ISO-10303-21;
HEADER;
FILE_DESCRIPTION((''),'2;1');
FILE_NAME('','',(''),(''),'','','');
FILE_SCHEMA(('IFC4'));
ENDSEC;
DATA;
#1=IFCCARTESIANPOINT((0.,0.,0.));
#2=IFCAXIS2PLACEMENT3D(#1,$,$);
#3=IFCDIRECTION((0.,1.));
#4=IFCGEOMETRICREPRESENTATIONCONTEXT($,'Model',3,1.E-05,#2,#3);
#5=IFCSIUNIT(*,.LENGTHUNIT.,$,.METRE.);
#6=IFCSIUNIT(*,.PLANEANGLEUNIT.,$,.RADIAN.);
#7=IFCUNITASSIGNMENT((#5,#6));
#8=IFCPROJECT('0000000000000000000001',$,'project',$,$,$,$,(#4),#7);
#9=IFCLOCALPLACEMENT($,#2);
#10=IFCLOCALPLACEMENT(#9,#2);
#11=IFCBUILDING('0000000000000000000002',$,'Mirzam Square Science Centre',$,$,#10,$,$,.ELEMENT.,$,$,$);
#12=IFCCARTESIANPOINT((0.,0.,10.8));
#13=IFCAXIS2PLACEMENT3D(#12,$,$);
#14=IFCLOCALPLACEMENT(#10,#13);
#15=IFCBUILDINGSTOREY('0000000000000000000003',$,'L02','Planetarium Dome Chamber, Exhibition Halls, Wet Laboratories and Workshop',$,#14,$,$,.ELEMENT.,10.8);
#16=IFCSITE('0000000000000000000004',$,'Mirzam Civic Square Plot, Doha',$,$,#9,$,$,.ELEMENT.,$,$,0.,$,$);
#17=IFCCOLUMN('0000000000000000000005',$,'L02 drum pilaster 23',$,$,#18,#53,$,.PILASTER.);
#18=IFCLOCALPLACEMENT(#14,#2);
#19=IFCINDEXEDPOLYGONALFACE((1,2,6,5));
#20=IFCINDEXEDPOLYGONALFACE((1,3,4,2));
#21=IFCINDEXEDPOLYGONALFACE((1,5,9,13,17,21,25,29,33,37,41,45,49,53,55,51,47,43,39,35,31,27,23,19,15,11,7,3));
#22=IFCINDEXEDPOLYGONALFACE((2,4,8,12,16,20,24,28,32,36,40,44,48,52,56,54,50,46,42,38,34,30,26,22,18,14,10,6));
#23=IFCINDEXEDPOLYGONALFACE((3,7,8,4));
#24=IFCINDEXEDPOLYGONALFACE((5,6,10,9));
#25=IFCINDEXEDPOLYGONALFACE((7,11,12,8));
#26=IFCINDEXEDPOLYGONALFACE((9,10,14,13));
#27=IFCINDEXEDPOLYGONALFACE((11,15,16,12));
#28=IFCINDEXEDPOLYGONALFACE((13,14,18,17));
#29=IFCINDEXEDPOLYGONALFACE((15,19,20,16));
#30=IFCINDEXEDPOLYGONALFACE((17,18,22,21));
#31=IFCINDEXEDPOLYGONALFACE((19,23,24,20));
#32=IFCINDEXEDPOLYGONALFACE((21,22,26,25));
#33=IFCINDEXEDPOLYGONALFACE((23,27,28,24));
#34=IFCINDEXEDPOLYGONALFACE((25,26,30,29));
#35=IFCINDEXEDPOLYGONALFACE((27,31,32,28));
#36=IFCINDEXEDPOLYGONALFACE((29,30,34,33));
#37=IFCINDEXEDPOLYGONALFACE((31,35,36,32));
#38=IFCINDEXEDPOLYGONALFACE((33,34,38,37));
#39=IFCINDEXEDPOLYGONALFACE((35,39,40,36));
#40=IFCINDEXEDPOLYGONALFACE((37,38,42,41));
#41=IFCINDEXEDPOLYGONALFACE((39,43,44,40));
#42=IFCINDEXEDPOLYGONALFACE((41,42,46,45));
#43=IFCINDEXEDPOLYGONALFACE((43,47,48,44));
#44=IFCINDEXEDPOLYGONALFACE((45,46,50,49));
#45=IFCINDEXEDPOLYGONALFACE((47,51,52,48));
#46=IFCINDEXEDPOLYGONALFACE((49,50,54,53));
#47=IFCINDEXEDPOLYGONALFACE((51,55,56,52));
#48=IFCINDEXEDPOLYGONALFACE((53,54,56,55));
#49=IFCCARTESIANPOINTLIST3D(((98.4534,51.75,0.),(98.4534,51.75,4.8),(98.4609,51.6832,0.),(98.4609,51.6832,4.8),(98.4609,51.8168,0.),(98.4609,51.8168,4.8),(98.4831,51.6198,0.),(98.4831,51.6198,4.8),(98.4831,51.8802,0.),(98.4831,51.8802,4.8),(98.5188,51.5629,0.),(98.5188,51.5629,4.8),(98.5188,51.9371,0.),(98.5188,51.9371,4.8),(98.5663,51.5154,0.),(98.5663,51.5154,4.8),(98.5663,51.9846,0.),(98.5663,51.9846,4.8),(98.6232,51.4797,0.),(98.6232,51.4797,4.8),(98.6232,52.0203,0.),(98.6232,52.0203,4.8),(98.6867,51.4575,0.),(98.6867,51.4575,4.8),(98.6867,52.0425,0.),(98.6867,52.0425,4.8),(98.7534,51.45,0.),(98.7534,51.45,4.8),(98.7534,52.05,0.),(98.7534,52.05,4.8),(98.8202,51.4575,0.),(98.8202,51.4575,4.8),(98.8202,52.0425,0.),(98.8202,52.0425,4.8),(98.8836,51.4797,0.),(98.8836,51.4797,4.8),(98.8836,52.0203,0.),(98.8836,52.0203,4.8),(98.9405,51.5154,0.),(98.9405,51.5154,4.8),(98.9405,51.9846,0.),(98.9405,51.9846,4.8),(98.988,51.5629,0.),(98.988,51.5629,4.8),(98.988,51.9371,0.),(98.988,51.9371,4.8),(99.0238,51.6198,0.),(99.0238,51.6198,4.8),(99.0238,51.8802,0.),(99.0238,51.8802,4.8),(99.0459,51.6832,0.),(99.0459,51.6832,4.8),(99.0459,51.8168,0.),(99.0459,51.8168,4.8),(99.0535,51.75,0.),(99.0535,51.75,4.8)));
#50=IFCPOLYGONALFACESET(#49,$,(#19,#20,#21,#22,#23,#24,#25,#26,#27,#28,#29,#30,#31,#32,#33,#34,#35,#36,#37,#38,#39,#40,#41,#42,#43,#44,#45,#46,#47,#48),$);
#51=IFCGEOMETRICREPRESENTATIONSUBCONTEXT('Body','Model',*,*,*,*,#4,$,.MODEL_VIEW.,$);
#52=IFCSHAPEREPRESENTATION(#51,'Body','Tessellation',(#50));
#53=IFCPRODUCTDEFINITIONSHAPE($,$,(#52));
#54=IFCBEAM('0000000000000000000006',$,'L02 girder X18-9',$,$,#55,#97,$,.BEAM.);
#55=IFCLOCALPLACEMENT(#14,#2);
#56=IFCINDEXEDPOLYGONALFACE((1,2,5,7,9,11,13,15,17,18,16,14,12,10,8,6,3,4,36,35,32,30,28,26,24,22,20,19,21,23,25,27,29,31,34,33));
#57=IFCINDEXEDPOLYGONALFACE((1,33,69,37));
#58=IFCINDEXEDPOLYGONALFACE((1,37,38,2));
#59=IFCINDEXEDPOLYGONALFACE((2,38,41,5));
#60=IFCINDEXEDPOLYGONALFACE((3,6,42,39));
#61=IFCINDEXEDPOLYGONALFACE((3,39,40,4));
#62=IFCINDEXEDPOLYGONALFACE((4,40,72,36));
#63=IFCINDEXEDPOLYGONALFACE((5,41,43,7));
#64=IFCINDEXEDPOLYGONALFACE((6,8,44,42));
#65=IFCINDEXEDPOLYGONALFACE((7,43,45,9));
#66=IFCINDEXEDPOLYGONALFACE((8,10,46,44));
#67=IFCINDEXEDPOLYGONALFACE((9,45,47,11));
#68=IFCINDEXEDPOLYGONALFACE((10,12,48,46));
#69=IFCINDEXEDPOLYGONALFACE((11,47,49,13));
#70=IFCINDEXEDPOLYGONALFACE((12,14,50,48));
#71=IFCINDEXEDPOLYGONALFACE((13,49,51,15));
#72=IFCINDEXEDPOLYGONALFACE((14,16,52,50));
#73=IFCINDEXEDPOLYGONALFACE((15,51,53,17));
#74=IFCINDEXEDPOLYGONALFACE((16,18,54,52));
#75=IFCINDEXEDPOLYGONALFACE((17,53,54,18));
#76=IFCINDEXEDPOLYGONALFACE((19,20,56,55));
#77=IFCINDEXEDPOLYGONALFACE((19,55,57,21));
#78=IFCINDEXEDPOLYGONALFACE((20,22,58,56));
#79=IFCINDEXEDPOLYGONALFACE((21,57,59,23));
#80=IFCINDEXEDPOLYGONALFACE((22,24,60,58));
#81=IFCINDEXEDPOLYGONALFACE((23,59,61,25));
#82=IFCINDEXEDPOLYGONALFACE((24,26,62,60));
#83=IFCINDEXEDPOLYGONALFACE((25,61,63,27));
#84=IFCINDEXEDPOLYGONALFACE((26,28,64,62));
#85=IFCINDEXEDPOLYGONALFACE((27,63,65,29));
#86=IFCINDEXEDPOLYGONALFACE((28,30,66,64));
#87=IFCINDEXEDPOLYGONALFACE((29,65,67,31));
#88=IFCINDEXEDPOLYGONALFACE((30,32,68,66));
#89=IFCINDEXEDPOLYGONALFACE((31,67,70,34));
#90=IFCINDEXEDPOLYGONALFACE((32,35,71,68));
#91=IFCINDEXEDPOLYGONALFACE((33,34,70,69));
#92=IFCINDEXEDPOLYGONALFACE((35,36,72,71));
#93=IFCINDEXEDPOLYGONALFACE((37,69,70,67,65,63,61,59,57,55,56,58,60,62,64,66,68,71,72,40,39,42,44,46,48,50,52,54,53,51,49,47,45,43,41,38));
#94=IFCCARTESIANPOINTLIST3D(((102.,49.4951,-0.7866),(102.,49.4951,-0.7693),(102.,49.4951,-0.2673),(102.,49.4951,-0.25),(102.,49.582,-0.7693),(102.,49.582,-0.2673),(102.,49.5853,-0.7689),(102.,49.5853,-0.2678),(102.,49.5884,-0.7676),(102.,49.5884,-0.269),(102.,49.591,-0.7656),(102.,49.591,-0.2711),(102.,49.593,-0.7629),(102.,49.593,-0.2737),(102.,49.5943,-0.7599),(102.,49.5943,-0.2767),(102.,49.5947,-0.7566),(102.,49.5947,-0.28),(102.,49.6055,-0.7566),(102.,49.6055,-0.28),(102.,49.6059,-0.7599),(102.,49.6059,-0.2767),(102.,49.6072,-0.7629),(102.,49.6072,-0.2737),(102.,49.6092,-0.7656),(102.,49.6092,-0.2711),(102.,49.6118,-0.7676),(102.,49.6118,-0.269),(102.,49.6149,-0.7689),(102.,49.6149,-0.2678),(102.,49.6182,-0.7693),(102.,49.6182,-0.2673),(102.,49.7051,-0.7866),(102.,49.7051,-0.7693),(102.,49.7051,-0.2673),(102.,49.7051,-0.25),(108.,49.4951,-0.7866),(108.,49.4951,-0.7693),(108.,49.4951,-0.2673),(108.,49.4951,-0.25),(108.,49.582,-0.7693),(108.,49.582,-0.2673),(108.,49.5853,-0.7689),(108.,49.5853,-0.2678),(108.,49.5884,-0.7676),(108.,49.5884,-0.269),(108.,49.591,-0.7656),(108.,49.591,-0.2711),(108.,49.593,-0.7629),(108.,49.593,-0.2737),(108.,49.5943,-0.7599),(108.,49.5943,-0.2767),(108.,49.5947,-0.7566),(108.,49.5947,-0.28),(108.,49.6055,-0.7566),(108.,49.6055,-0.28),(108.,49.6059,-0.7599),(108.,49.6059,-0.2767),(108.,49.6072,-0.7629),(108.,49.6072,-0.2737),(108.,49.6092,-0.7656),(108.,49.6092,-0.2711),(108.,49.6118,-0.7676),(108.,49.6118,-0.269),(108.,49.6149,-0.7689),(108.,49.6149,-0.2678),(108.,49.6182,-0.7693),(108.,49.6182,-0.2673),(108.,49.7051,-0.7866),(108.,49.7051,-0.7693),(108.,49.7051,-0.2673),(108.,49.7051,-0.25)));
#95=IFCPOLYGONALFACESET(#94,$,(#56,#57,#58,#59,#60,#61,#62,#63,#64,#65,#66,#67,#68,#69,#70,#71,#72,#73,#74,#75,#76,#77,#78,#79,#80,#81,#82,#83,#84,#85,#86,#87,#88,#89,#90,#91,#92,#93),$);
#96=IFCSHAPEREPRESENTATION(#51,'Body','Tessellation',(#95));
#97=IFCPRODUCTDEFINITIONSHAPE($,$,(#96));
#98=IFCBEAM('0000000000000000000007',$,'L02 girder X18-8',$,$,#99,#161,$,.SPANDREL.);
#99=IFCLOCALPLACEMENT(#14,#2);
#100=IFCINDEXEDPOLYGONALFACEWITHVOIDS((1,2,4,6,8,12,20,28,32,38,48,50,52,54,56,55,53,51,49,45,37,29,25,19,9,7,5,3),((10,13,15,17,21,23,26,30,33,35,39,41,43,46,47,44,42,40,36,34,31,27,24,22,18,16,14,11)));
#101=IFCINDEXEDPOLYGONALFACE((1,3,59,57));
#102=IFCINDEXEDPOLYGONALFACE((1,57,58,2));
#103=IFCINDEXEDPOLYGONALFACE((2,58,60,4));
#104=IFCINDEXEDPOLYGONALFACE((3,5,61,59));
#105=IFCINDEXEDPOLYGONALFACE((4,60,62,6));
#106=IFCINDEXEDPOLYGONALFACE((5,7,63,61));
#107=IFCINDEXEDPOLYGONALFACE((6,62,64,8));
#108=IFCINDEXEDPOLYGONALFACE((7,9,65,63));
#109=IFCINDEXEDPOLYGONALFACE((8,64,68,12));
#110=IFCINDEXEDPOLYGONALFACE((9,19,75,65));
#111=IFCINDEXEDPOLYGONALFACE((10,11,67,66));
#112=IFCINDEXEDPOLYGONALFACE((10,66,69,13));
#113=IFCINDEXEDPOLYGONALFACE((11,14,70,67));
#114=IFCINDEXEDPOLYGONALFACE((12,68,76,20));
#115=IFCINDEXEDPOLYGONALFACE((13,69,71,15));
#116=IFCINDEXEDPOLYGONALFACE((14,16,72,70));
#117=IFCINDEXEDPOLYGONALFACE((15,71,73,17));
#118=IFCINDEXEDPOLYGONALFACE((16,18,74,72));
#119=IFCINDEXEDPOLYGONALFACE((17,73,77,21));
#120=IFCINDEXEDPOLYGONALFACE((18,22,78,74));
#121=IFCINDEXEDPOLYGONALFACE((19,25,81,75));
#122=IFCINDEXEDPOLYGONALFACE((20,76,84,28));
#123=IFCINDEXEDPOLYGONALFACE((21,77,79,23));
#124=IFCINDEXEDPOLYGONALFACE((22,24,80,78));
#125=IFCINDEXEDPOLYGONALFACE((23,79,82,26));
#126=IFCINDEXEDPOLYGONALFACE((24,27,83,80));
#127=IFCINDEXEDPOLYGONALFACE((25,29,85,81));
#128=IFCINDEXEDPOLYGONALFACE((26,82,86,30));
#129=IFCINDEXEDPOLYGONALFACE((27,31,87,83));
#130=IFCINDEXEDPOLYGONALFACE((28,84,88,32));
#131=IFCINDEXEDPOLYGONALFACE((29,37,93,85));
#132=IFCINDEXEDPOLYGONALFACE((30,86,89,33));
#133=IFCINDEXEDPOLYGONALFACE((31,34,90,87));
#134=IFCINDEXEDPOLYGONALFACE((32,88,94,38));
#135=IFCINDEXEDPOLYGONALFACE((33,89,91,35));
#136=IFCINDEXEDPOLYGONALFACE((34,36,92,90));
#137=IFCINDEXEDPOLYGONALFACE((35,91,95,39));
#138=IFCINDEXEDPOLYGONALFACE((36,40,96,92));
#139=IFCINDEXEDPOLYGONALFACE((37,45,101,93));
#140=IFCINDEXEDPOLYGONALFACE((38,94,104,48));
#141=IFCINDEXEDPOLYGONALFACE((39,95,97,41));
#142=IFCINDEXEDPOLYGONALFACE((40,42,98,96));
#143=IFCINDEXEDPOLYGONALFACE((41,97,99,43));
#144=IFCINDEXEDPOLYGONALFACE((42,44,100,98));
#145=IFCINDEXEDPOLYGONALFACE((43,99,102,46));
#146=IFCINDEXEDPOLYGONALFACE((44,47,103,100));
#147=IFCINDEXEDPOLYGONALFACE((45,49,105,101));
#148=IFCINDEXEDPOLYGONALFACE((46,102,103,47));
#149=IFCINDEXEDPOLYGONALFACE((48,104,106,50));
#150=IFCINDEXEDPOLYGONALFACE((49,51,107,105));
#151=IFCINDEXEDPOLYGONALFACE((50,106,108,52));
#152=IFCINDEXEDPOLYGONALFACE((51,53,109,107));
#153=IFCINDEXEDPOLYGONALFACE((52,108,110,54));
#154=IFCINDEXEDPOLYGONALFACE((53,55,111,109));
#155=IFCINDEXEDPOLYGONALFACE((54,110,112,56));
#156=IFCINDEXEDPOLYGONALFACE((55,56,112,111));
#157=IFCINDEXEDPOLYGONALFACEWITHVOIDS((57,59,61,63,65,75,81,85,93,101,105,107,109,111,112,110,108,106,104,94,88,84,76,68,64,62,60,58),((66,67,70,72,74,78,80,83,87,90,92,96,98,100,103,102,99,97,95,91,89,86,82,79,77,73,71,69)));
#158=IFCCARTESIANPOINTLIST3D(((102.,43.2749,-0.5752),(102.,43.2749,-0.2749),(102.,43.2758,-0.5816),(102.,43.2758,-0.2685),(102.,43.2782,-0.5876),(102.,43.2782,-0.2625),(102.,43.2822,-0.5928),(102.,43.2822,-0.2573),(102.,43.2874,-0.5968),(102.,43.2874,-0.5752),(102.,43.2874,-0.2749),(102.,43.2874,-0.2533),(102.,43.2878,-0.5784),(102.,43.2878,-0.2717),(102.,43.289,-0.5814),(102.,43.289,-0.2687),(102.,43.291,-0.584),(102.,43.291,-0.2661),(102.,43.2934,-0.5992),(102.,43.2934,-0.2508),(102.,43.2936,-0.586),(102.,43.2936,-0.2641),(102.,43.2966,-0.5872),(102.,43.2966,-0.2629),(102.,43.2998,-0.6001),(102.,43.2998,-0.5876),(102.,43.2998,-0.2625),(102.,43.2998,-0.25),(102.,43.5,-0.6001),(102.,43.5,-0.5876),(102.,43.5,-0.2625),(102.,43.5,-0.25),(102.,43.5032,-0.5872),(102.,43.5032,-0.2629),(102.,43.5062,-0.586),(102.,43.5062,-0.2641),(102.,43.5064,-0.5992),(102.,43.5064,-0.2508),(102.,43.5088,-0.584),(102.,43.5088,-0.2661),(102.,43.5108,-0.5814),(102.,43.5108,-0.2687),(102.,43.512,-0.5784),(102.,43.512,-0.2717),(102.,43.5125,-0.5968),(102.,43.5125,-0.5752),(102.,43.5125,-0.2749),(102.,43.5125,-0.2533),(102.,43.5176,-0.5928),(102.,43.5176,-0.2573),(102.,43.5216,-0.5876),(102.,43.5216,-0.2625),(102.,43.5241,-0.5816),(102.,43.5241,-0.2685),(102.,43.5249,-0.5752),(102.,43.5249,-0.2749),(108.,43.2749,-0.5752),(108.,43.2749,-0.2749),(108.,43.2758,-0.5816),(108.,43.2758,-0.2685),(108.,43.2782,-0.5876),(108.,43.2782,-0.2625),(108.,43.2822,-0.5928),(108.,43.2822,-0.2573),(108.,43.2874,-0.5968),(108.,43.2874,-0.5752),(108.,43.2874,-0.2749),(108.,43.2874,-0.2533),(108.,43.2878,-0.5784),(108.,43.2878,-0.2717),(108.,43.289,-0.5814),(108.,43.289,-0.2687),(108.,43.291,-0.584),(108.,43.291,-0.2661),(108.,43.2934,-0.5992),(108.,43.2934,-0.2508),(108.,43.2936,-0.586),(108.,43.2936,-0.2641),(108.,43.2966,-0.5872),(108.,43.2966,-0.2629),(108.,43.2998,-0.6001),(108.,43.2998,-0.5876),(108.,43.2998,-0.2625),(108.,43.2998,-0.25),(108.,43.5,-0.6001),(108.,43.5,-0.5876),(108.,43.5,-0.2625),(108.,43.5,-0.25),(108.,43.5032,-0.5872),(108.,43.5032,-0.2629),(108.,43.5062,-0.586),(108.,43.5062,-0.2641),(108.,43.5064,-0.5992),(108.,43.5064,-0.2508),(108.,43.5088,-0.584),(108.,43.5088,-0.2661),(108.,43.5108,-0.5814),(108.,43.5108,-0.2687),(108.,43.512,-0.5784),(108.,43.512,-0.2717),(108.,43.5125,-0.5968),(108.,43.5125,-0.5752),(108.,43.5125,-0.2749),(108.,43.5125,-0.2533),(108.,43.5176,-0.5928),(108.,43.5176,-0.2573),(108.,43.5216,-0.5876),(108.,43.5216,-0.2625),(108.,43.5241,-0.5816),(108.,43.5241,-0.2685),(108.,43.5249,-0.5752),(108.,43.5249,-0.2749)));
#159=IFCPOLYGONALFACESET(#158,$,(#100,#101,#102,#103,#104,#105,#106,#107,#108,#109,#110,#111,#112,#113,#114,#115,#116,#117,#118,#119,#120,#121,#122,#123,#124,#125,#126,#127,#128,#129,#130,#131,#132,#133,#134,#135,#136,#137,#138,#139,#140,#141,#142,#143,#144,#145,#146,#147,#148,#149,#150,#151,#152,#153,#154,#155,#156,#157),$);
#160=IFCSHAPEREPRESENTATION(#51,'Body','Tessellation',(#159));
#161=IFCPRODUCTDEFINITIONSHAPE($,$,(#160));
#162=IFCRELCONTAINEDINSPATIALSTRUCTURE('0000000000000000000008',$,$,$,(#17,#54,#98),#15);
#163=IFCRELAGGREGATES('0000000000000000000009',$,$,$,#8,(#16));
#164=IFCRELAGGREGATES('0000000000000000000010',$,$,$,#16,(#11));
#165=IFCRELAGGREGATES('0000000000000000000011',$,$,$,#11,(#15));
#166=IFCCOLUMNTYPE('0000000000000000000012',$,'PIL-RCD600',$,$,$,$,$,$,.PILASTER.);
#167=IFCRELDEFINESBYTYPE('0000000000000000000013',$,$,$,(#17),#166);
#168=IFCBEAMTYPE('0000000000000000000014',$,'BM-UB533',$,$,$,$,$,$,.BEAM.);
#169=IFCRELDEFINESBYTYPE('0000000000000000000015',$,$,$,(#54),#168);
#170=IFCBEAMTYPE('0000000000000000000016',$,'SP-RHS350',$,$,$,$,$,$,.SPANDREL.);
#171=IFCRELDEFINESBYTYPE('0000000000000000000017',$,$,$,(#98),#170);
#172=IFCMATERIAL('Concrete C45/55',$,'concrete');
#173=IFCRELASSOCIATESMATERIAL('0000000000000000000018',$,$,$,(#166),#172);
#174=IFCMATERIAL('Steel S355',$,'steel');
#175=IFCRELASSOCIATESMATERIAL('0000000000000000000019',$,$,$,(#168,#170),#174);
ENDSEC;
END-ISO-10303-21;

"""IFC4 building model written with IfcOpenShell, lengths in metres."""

from ifc_helpers import new_model, si_unit, direction, frame, origin, origin_2d, place, context, subcontext, project, spatial, hollow_rectangle, circle, i_section, extrude, material, material_profile, profile_set, type_object, element, save


model = new_model("IFC4")

# Units and contexts
model_context = context("Model", 3, precision=1e-05, world=origin(), true_north=direction((0.0, 1.0)))
body_context = subcontext(model_context, "Body", "Model", "MODEL_VIEW")
ifc_project = project(units=[si_unit("LENGTHUNIT", "METRE"), si_unit("PLANEANGLEUNIT", "RADIAN")], contexts=[model_context])

# Site, building, storey
site_placement = place(None, origin())
site = spatial("IfcSite", under=ifc_project, at=site_placement, Name="Mirzam Civic Square Plot, Doha", CompositionType="ELEMENT", RefElevation=0.0)
building_placement = place(site_placement, origin())
building = spatial("IfcBuilding", under=site, at=building_placement, Name="Mirzam Square Science Centre", CompositionType="ELEMENT")
storey_placement = place(building_placement, frame((0.0, 0.0, 10.8)))
storey = spatial("IfcBuildingStorey", under=building, at=storey_placement, Name="L02", Description="Planetarium Dome Chamber, Exhibition Halls, Wet Laboratories and Workshop", CompositionType="ELEMENT", Elevation=10.8)

# Column
ifc_material_1 = material(Name="Steel S355", Category="steel")
ifc_material_2 = material(Name="Concrete C45/55", Category="concrete")
ifc_material_profile_1 = material_profile(ifc_material_2, circle(Radius=0.3, at=origin_2d()), Name="RCD600")
ifc_profile_set_1 = profile_set([ifc_material_profile_1], Name="Concrete C45/55")
column_type_1 = type_object("IfcColumnType", Name="PIL-RCD600", PredefinedType="PILASTER", material=ifc_profile_set_1)
column_1_placement = place(storey_placement, frame((98.7534, 51.75, 0.0), z_axis=(0.0, 0.0, 1.0), x_axis=(1.0, 0.0, 0.0)))
element("IfcColumn", 1, at=column_1_placement, inside=storey, type_object=column_type_1, Name="L02 drum pilaster 23", PredefinedType="PILASTER", context=body_context, shape_type="SweptSolid", body=[
    extrude(circle(Radius=0.3, at=origin_2d()), origin(), (0.0, 0.0, 1.0), 4.8),
])

# Beams
ifc_material_profile_2 = material_profile(ifc_material_1, i_section(OverallWidth=0.21, OverallDepth=0.5366, WebThickness=0.0107, FlangeThickness=0.0173, FilletRadius=0.0127, at=origin_2d()), Name="533x210x101UB")
ifc_profile_set_2 = profile_set([ifc_material_profile_2], Name="Steel S355")
beam_type_1 = type_object("IfcBeamType", Name="BM-UB533", PredefinedType="BEAM", material=ifc_profile_set_2)
beam_1_placement = place(storey_placement, frame((102.0, 49.6001, -0.5183), z_axis=(1.0, 0.0, 0.0), x_axis=(0.0, 1.0, 0.0)))
element("IfcBeam", 2, at=beam_1_placement, inside=storey, type_object=beam_type_1, Name="L02 girder X18-9", PredefinedType="BEAM", context=body_context, shape_type="SweptSolid", body=[
    extrude(i_section(OverallWidth=0.21, OverallDepth=0.5366, WebThickness=0.0107, FlangeThickness=0.0173, FilletRadius=0.0127, at=origin_2d()), origin(), (0.0, 0.0, 1.0), 6.0),
])
ifc_material_profile_3 = material_profile(ifc_material_1, hollow_rectangle(XDim=0.25, YDim=0.3501, WallThickness=0.0125, InnerFilletRadius=0.0125, OuterFilletRadius=0.0249, at=origin_2d()), Name="350x250x12.5RHS")
ifc_profile_set_3 = profile_set([ifc_material_profile_3], Name="Steel S355")
beam_type_2 = type_object("IfcBeamType", Name="SP-RHS350", PredefinedType="SPANDREL", material=ifc_profile_set_3)
beam_2_placement = place(storey_placement, frame((102.0, 43.3999, -0.425), z_axis=(1.0, 0.0, 0.0), x_axis=(0.0, 1.0, 0.0)))
element("IfcBeam", 3, at=beam_2_placement, inside=storey, type_object=beam_type_2, Name="L02 girder X18-8", PredefinedType="SPANDREL", context=body_context, shape_type="SweptSolid", body=[
    extrude(hollow_rectangle(XDim=0.25, YDim=0.3501, WallThickness=0.0125, InnerFilletRadius=0.0125, OuterFilletRadius=0.0249, at=origin_2d()), origin(), (0.0, 0.0, 1.0), 6.0),
])

save(model, "model.ifc")
